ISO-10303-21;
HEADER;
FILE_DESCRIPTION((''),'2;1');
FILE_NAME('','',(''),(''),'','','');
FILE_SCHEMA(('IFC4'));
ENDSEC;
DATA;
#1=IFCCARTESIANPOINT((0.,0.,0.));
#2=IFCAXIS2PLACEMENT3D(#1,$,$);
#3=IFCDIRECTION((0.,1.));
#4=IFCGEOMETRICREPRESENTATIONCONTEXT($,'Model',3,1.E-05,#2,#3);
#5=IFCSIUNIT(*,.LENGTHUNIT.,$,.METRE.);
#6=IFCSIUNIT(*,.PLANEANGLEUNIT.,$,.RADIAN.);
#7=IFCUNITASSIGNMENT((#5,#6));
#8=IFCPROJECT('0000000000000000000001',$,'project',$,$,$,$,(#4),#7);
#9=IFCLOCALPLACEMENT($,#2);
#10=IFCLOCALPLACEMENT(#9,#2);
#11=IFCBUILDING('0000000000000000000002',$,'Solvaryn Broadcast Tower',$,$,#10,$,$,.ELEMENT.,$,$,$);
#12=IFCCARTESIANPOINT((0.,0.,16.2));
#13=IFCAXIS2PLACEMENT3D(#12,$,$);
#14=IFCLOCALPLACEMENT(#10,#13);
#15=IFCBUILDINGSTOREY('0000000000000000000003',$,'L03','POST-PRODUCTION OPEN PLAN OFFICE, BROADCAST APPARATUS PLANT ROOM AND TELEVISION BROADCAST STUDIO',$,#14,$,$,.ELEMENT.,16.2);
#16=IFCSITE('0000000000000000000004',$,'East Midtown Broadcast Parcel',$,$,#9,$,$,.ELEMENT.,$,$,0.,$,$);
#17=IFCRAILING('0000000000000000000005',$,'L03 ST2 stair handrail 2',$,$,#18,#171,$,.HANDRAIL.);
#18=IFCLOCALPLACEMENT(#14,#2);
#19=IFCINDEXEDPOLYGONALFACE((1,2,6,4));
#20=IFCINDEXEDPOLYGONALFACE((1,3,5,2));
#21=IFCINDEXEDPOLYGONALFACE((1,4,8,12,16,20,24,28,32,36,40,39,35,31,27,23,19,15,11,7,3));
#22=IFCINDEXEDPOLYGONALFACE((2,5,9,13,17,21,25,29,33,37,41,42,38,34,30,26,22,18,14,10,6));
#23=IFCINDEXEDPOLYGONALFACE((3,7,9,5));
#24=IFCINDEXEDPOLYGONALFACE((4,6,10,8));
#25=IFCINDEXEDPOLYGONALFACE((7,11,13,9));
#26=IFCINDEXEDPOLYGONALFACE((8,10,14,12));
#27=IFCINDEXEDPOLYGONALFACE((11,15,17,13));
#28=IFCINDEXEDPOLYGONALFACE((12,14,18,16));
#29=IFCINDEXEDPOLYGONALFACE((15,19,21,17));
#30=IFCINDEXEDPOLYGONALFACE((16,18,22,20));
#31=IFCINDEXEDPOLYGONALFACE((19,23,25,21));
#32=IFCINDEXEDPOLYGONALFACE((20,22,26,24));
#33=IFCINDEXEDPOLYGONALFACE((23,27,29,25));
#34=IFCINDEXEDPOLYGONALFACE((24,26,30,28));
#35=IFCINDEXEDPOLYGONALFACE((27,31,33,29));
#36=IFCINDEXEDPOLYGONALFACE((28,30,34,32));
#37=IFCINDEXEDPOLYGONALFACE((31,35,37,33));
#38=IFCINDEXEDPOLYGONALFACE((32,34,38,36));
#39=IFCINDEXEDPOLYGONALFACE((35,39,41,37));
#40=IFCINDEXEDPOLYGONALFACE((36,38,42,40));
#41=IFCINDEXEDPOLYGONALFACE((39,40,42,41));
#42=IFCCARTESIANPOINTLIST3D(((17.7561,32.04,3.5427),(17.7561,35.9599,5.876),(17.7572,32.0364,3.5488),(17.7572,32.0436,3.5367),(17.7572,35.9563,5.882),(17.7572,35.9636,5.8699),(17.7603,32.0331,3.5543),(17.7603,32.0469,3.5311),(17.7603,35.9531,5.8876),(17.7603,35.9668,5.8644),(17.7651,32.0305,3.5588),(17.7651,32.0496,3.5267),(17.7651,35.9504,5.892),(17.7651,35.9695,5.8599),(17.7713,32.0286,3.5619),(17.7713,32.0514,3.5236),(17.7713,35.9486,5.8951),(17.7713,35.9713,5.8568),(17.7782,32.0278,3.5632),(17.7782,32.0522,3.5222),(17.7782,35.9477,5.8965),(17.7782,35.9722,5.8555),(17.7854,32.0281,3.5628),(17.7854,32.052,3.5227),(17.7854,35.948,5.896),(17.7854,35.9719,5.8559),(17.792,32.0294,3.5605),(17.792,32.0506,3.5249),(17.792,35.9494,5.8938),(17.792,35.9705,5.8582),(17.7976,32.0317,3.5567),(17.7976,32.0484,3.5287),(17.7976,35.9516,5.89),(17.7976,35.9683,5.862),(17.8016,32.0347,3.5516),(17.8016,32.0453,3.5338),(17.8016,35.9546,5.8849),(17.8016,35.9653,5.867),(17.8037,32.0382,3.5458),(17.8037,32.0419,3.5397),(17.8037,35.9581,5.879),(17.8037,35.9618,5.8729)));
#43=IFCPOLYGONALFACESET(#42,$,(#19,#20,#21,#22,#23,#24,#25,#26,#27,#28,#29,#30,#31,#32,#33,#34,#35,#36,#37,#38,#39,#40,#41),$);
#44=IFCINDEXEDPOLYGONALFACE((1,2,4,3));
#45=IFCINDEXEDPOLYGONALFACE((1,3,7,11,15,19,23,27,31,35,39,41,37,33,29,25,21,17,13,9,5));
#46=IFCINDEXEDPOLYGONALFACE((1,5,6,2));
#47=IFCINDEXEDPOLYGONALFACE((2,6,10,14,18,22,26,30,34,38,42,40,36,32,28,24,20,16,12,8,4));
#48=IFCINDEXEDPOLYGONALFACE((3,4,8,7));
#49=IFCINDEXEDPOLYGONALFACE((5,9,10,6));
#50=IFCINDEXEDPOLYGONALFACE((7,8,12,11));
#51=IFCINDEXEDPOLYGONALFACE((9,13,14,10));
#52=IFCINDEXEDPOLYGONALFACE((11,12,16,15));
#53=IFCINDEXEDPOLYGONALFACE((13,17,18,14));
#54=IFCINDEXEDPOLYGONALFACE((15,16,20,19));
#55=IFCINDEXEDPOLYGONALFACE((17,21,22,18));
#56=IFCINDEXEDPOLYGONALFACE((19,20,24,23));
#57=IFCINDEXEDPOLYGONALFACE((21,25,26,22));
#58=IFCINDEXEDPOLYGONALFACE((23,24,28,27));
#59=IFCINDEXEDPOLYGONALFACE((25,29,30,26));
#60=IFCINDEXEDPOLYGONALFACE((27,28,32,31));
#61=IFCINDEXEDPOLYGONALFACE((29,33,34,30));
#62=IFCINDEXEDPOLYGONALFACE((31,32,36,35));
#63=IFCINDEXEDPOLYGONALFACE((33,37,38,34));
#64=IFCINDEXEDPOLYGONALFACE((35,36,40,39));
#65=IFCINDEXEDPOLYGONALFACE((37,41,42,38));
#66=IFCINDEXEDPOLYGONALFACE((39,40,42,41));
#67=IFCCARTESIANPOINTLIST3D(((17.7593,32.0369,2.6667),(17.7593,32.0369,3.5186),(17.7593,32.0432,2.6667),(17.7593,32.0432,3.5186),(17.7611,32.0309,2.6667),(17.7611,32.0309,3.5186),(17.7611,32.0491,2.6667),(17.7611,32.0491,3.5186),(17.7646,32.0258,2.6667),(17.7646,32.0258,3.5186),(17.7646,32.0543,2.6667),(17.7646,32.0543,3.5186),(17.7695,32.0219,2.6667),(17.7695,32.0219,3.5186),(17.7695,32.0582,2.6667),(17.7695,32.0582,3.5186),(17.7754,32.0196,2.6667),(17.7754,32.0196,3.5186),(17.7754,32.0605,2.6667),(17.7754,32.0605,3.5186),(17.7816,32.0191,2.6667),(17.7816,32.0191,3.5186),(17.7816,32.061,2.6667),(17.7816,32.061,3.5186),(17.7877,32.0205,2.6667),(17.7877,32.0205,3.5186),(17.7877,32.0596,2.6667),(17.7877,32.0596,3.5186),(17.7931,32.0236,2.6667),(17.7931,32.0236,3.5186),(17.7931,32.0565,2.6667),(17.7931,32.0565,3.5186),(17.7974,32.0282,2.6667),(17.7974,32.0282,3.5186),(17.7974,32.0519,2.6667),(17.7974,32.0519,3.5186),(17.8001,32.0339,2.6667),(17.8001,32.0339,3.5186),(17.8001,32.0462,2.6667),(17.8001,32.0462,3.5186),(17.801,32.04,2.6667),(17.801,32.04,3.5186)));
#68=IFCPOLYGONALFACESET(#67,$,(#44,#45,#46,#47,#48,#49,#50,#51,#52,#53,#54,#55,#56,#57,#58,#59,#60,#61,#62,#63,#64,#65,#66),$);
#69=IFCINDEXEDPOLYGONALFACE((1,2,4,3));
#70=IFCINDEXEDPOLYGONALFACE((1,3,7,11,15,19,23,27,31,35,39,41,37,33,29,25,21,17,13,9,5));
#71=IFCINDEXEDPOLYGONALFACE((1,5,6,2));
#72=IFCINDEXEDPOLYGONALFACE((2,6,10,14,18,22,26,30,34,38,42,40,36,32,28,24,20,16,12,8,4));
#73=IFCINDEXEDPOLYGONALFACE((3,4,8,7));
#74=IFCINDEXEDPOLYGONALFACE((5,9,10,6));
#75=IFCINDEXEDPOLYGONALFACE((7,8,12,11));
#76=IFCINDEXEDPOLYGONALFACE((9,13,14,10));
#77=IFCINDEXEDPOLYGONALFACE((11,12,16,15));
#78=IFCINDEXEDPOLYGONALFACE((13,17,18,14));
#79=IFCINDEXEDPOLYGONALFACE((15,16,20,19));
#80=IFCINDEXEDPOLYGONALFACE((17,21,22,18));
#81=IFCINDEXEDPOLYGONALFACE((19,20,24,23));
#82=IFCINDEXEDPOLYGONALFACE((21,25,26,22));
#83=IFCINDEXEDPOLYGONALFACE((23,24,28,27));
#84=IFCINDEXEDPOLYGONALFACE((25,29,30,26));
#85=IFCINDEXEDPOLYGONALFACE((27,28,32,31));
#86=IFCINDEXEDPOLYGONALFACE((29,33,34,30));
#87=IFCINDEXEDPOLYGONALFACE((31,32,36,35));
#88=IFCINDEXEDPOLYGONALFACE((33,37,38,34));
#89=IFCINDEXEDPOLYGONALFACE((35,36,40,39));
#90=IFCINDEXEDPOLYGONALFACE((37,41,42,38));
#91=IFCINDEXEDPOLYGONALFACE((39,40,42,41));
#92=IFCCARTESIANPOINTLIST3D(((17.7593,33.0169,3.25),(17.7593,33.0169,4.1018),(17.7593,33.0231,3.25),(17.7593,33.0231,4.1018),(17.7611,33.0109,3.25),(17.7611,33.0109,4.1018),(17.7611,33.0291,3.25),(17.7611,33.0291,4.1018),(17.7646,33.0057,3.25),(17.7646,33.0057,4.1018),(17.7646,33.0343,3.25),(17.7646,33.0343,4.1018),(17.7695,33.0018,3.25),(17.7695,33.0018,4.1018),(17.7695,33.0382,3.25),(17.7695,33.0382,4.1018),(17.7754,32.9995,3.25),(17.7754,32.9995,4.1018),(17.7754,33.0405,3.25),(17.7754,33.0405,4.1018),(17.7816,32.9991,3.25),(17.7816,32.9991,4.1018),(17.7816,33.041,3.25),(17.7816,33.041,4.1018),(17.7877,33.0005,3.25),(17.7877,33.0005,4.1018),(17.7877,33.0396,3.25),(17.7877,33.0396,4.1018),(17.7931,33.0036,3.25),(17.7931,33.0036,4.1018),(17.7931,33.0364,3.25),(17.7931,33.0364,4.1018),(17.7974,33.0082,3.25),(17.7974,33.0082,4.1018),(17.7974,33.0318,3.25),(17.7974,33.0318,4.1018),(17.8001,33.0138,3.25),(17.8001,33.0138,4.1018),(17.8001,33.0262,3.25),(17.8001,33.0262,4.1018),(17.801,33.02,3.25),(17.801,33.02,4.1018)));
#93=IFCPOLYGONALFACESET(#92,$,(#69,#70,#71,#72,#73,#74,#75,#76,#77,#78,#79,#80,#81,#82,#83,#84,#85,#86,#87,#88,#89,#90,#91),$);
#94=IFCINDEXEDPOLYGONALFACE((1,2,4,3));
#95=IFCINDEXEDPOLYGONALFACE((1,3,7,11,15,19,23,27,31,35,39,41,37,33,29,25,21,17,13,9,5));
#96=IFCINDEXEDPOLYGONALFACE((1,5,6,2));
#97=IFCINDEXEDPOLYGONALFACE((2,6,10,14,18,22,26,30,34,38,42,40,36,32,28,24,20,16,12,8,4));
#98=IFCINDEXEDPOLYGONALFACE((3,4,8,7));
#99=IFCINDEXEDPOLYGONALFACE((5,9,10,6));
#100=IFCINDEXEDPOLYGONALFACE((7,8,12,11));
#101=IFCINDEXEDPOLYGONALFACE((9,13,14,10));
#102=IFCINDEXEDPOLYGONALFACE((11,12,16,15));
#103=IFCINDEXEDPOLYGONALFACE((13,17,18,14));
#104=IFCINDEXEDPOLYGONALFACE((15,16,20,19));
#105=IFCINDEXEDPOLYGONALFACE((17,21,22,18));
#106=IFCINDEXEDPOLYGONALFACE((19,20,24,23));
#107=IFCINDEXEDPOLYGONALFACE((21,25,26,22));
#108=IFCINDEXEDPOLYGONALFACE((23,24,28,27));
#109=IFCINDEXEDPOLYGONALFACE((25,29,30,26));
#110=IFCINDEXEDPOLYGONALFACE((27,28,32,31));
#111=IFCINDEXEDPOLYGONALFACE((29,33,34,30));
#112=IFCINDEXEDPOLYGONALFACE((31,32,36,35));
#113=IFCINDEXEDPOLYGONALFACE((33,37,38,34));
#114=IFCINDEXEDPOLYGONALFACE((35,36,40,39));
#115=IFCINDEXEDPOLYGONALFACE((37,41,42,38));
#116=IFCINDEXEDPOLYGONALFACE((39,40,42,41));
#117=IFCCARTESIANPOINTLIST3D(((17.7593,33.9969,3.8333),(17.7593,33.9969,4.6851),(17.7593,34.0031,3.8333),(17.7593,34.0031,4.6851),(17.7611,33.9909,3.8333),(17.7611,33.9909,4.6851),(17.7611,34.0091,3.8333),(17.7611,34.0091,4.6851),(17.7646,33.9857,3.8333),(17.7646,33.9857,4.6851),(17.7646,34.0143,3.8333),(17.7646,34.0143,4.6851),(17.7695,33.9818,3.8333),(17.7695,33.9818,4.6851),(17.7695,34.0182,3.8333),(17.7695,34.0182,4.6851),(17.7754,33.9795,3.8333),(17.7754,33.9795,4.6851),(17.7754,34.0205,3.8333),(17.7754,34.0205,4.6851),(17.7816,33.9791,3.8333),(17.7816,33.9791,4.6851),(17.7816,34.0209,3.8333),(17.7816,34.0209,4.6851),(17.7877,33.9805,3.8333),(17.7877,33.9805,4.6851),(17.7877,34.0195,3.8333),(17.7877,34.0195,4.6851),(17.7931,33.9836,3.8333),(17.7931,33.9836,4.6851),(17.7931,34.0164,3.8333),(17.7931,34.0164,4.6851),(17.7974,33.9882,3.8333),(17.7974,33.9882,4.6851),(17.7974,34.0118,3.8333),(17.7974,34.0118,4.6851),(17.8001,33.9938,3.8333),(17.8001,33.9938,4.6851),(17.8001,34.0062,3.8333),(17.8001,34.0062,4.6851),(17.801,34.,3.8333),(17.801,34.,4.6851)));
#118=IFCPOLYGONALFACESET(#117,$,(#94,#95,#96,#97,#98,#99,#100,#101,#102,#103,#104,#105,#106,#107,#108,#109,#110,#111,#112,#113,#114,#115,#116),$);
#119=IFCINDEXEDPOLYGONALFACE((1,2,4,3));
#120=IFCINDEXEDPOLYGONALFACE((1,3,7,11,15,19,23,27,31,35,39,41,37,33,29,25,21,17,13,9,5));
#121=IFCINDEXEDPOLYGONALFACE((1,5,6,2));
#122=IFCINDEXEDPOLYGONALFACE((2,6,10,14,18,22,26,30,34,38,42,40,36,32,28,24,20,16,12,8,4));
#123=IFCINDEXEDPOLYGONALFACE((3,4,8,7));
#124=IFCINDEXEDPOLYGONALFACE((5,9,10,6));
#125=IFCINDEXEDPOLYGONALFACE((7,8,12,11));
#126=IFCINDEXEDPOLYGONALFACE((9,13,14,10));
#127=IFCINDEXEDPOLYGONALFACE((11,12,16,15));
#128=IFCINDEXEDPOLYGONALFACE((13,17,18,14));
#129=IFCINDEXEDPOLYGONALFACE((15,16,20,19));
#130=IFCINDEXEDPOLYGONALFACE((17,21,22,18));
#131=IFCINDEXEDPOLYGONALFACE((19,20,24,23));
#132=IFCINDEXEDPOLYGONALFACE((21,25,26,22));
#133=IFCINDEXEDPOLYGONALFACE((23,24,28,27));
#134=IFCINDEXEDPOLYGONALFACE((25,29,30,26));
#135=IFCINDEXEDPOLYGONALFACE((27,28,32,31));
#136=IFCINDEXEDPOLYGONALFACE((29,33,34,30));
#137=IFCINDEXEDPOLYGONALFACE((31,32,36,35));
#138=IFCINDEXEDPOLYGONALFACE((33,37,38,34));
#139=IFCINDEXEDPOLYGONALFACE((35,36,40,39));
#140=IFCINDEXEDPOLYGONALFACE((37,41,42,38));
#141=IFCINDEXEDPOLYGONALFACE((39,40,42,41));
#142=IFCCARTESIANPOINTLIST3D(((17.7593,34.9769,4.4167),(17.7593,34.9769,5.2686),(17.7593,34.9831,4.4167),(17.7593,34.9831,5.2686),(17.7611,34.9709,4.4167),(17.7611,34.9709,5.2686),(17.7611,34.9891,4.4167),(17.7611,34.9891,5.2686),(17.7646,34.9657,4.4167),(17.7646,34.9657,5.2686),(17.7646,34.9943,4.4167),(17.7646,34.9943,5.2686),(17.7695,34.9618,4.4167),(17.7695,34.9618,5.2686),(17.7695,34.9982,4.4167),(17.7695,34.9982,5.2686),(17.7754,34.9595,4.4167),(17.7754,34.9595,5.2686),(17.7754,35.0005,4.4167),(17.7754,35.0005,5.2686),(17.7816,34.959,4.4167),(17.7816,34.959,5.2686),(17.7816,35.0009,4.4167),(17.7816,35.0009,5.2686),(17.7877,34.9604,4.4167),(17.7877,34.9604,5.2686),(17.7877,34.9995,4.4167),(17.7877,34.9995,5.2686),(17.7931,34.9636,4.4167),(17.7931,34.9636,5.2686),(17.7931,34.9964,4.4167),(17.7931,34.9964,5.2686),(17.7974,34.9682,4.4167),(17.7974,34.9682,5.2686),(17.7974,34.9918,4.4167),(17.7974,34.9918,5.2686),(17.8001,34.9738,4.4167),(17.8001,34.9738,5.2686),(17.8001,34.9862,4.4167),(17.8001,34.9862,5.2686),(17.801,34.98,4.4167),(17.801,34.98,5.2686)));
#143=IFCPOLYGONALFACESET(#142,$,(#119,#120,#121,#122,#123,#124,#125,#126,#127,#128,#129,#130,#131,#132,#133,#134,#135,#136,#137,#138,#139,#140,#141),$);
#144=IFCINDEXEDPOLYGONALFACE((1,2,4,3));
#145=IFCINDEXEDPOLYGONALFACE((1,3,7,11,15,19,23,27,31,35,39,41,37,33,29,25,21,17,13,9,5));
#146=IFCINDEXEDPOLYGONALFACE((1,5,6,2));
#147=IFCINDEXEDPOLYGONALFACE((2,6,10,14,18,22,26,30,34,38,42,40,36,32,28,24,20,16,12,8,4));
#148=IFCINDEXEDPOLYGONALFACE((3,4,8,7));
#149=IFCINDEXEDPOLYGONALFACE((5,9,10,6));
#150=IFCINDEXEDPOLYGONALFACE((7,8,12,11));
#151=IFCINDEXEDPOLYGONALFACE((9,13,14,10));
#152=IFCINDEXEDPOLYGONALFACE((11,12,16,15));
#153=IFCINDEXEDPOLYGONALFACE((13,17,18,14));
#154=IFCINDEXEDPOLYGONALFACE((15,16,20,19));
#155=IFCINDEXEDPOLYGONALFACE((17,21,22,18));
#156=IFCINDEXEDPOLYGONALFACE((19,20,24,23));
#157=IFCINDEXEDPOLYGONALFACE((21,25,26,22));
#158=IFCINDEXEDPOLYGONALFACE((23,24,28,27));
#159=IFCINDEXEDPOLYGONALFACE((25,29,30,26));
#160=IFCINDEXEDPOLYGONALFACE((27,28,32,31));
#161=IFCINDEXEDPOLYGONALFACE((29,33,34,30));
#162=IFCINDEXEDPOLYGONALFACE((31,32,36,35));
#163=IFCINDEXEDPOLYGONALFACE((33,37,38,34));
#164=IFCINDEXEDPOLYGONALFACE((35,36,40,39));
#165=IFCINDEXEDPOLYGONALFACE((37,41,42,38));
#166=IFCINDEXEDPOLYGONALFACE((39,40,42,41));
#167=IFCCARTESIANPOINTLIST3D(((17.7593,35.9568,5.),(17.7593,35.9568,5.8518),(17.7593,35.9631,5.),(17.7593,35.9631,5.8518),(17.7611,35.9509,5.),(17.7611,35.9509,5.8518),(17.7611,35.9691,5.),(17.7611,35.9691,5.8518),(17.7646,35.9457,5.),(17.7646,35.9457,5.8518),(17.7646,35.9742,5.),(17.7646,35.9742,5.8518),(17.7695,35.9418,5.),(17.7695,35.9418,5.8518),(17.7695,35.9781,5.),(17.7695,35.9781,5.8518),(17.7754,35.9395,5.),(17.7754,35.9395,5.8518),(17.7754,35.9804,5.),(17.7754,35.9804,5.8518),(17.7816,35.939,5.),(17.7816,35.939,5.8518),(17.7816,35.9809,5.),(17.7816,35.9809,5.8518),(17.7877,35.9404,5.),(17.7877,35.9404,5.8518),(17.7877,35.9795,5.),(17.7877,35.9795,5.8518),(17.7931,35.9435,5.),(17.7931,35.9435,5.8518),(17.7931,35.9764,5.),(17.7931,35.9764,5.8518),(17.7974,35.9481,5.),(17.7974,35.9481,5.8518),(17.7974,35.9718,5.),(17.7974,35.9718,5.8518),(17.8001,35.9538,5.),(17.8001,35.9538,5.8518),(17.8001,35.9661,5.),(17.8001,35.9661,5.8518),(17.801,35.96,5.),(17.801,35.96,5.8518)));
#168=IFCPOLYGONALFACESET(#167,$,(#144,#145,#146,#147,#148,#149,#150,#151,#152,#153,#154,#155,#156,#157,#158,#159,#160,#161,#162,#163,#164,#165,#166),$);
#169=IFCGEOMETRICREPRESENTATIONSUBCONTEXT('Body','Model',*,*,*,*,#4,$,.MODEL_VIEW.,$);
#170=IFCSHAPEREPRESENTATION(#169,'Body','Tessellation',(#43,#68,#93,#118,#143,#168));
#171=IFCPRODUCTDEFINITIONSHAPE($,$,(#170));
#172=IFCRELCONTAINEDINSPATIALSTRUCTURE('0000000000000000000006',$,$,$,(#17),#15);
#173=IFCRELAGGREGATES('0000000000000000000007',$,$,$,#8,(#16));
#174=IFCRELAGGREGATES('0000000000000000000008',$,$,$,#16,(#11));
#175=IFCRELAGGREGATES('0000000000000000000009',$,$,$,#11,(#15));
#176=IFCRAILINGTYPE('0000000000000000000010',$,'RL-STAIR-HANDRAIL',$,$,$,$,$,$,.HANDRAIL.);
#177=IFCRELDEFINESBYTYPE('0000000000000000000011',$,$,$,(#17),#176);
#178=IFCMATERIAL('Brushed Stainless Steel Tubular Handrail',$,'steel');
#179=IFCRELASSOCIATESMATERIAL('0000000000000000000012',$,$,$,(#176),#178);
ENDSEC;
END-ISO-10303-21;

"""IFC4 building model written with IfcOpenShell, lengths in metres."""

from ifc_helpers import new_model, si_unit, direction, frame, origin, origin_2d, place, context, subcontext, project, spatial, circle, extrude, material, type_object, element, save


model = new_model("IFC4")

# Units and contexts
model_context = context("Model", 3, precision=1e-05, world=origin(), true_north=direction((0.0, 1.0)))
body_context = subcontext(model_context, "Body", "Model", "MODEL_VIEW")
ifc_project = project(units=[si_unit("LENGTHUNIT", "METRE"), si_unit("PLANEANGLEUNIT", "RADIAN")], contexts=[model_context])

# Site, building, storey
site_placement = place(None, origin())
site = spatial("IfcSite", under=ifc_project, at=site_placement, Name="East Midtown Broadcast Parcel", CompositionType="ELEMENT", RefElevation=0.0)
building_placement = place(site_placement, origin())
building = spatial("IfcBuilding", under=site, at=building_placement, Name="Solvaryn Broadcast Tower", CompositionType="ELEMENT")
storey_placement = place(building_placement, frame((0.0, 0.0, 16.2)))
storey = spatial("IfcBuildingStorey", under=building, at=storey_placement, Name="L03", Description="POST-PRODUCTION OPEN PLAN OFFICE, BROADCAST APPARATUS PLANT ROOM AND TELEVISION BROADCAST STUDIO", CompositionType="ELEMENT", Elevation=16.2)

# Railing
ifc_material_1 = material(Name="Brushed Stainless Steel Tubular Handrail", Category="steel")
railing_type = type_object("IfcRailingType", Name="RL-STAIR-HANDRAIL", PredefinedType="HANDRAIL", material=ifc_material_1)
railing_placement = place(storey_placement, frame((17.78, 32.04, 2.6667)))
element("IfcRailing", 1, at=railing_placement, inside=storey, type_object=railing_type, Name="L03 ST2 stair handrail 2", PredefinedType="HANDRAIL", context=body_context, shape_type="SweptSolid", body=[
    extrude(circle(Radius=0.0239, at=origin_2d()), frame((0.0, 0.0, 0.876), z_axis=(0.0, 0.859296, 0.511478), x_axis=(-1.0, 0.0, 0.0)), (0.0, 0.0, 1.0), 4.5618),
    extrude(circle(Radius=0.021, at=origin_2d()), origin(), (0.0, 0.0, 1.0), 0.8518),
    extrude(circle(Radius=0.021, at=origin_2d()), frame((0.0, 0.98, 0.5833)), (0.0, 0.0, 1.0), 0.8518),
    extrude(circle(Radius=0.021, at=origin_2d()), frame((0.0, 1.96, 1.1665)), (0.0, 0.0, 1.0), 0.8518),
    extrude(circle(Radius=0.021, at=origin_2d()), frame((0.0, 2.9399, 1.75)), (0.0, 0.0, 1.0), 0.8518),
    extrude(circle(Radius=0.021, at=origin_2d()), frame((0.0, 3.9199, 2.3333)), (0.0, 0.0, 1.0), 0.8518),
])

save(model, "model.ifc")
